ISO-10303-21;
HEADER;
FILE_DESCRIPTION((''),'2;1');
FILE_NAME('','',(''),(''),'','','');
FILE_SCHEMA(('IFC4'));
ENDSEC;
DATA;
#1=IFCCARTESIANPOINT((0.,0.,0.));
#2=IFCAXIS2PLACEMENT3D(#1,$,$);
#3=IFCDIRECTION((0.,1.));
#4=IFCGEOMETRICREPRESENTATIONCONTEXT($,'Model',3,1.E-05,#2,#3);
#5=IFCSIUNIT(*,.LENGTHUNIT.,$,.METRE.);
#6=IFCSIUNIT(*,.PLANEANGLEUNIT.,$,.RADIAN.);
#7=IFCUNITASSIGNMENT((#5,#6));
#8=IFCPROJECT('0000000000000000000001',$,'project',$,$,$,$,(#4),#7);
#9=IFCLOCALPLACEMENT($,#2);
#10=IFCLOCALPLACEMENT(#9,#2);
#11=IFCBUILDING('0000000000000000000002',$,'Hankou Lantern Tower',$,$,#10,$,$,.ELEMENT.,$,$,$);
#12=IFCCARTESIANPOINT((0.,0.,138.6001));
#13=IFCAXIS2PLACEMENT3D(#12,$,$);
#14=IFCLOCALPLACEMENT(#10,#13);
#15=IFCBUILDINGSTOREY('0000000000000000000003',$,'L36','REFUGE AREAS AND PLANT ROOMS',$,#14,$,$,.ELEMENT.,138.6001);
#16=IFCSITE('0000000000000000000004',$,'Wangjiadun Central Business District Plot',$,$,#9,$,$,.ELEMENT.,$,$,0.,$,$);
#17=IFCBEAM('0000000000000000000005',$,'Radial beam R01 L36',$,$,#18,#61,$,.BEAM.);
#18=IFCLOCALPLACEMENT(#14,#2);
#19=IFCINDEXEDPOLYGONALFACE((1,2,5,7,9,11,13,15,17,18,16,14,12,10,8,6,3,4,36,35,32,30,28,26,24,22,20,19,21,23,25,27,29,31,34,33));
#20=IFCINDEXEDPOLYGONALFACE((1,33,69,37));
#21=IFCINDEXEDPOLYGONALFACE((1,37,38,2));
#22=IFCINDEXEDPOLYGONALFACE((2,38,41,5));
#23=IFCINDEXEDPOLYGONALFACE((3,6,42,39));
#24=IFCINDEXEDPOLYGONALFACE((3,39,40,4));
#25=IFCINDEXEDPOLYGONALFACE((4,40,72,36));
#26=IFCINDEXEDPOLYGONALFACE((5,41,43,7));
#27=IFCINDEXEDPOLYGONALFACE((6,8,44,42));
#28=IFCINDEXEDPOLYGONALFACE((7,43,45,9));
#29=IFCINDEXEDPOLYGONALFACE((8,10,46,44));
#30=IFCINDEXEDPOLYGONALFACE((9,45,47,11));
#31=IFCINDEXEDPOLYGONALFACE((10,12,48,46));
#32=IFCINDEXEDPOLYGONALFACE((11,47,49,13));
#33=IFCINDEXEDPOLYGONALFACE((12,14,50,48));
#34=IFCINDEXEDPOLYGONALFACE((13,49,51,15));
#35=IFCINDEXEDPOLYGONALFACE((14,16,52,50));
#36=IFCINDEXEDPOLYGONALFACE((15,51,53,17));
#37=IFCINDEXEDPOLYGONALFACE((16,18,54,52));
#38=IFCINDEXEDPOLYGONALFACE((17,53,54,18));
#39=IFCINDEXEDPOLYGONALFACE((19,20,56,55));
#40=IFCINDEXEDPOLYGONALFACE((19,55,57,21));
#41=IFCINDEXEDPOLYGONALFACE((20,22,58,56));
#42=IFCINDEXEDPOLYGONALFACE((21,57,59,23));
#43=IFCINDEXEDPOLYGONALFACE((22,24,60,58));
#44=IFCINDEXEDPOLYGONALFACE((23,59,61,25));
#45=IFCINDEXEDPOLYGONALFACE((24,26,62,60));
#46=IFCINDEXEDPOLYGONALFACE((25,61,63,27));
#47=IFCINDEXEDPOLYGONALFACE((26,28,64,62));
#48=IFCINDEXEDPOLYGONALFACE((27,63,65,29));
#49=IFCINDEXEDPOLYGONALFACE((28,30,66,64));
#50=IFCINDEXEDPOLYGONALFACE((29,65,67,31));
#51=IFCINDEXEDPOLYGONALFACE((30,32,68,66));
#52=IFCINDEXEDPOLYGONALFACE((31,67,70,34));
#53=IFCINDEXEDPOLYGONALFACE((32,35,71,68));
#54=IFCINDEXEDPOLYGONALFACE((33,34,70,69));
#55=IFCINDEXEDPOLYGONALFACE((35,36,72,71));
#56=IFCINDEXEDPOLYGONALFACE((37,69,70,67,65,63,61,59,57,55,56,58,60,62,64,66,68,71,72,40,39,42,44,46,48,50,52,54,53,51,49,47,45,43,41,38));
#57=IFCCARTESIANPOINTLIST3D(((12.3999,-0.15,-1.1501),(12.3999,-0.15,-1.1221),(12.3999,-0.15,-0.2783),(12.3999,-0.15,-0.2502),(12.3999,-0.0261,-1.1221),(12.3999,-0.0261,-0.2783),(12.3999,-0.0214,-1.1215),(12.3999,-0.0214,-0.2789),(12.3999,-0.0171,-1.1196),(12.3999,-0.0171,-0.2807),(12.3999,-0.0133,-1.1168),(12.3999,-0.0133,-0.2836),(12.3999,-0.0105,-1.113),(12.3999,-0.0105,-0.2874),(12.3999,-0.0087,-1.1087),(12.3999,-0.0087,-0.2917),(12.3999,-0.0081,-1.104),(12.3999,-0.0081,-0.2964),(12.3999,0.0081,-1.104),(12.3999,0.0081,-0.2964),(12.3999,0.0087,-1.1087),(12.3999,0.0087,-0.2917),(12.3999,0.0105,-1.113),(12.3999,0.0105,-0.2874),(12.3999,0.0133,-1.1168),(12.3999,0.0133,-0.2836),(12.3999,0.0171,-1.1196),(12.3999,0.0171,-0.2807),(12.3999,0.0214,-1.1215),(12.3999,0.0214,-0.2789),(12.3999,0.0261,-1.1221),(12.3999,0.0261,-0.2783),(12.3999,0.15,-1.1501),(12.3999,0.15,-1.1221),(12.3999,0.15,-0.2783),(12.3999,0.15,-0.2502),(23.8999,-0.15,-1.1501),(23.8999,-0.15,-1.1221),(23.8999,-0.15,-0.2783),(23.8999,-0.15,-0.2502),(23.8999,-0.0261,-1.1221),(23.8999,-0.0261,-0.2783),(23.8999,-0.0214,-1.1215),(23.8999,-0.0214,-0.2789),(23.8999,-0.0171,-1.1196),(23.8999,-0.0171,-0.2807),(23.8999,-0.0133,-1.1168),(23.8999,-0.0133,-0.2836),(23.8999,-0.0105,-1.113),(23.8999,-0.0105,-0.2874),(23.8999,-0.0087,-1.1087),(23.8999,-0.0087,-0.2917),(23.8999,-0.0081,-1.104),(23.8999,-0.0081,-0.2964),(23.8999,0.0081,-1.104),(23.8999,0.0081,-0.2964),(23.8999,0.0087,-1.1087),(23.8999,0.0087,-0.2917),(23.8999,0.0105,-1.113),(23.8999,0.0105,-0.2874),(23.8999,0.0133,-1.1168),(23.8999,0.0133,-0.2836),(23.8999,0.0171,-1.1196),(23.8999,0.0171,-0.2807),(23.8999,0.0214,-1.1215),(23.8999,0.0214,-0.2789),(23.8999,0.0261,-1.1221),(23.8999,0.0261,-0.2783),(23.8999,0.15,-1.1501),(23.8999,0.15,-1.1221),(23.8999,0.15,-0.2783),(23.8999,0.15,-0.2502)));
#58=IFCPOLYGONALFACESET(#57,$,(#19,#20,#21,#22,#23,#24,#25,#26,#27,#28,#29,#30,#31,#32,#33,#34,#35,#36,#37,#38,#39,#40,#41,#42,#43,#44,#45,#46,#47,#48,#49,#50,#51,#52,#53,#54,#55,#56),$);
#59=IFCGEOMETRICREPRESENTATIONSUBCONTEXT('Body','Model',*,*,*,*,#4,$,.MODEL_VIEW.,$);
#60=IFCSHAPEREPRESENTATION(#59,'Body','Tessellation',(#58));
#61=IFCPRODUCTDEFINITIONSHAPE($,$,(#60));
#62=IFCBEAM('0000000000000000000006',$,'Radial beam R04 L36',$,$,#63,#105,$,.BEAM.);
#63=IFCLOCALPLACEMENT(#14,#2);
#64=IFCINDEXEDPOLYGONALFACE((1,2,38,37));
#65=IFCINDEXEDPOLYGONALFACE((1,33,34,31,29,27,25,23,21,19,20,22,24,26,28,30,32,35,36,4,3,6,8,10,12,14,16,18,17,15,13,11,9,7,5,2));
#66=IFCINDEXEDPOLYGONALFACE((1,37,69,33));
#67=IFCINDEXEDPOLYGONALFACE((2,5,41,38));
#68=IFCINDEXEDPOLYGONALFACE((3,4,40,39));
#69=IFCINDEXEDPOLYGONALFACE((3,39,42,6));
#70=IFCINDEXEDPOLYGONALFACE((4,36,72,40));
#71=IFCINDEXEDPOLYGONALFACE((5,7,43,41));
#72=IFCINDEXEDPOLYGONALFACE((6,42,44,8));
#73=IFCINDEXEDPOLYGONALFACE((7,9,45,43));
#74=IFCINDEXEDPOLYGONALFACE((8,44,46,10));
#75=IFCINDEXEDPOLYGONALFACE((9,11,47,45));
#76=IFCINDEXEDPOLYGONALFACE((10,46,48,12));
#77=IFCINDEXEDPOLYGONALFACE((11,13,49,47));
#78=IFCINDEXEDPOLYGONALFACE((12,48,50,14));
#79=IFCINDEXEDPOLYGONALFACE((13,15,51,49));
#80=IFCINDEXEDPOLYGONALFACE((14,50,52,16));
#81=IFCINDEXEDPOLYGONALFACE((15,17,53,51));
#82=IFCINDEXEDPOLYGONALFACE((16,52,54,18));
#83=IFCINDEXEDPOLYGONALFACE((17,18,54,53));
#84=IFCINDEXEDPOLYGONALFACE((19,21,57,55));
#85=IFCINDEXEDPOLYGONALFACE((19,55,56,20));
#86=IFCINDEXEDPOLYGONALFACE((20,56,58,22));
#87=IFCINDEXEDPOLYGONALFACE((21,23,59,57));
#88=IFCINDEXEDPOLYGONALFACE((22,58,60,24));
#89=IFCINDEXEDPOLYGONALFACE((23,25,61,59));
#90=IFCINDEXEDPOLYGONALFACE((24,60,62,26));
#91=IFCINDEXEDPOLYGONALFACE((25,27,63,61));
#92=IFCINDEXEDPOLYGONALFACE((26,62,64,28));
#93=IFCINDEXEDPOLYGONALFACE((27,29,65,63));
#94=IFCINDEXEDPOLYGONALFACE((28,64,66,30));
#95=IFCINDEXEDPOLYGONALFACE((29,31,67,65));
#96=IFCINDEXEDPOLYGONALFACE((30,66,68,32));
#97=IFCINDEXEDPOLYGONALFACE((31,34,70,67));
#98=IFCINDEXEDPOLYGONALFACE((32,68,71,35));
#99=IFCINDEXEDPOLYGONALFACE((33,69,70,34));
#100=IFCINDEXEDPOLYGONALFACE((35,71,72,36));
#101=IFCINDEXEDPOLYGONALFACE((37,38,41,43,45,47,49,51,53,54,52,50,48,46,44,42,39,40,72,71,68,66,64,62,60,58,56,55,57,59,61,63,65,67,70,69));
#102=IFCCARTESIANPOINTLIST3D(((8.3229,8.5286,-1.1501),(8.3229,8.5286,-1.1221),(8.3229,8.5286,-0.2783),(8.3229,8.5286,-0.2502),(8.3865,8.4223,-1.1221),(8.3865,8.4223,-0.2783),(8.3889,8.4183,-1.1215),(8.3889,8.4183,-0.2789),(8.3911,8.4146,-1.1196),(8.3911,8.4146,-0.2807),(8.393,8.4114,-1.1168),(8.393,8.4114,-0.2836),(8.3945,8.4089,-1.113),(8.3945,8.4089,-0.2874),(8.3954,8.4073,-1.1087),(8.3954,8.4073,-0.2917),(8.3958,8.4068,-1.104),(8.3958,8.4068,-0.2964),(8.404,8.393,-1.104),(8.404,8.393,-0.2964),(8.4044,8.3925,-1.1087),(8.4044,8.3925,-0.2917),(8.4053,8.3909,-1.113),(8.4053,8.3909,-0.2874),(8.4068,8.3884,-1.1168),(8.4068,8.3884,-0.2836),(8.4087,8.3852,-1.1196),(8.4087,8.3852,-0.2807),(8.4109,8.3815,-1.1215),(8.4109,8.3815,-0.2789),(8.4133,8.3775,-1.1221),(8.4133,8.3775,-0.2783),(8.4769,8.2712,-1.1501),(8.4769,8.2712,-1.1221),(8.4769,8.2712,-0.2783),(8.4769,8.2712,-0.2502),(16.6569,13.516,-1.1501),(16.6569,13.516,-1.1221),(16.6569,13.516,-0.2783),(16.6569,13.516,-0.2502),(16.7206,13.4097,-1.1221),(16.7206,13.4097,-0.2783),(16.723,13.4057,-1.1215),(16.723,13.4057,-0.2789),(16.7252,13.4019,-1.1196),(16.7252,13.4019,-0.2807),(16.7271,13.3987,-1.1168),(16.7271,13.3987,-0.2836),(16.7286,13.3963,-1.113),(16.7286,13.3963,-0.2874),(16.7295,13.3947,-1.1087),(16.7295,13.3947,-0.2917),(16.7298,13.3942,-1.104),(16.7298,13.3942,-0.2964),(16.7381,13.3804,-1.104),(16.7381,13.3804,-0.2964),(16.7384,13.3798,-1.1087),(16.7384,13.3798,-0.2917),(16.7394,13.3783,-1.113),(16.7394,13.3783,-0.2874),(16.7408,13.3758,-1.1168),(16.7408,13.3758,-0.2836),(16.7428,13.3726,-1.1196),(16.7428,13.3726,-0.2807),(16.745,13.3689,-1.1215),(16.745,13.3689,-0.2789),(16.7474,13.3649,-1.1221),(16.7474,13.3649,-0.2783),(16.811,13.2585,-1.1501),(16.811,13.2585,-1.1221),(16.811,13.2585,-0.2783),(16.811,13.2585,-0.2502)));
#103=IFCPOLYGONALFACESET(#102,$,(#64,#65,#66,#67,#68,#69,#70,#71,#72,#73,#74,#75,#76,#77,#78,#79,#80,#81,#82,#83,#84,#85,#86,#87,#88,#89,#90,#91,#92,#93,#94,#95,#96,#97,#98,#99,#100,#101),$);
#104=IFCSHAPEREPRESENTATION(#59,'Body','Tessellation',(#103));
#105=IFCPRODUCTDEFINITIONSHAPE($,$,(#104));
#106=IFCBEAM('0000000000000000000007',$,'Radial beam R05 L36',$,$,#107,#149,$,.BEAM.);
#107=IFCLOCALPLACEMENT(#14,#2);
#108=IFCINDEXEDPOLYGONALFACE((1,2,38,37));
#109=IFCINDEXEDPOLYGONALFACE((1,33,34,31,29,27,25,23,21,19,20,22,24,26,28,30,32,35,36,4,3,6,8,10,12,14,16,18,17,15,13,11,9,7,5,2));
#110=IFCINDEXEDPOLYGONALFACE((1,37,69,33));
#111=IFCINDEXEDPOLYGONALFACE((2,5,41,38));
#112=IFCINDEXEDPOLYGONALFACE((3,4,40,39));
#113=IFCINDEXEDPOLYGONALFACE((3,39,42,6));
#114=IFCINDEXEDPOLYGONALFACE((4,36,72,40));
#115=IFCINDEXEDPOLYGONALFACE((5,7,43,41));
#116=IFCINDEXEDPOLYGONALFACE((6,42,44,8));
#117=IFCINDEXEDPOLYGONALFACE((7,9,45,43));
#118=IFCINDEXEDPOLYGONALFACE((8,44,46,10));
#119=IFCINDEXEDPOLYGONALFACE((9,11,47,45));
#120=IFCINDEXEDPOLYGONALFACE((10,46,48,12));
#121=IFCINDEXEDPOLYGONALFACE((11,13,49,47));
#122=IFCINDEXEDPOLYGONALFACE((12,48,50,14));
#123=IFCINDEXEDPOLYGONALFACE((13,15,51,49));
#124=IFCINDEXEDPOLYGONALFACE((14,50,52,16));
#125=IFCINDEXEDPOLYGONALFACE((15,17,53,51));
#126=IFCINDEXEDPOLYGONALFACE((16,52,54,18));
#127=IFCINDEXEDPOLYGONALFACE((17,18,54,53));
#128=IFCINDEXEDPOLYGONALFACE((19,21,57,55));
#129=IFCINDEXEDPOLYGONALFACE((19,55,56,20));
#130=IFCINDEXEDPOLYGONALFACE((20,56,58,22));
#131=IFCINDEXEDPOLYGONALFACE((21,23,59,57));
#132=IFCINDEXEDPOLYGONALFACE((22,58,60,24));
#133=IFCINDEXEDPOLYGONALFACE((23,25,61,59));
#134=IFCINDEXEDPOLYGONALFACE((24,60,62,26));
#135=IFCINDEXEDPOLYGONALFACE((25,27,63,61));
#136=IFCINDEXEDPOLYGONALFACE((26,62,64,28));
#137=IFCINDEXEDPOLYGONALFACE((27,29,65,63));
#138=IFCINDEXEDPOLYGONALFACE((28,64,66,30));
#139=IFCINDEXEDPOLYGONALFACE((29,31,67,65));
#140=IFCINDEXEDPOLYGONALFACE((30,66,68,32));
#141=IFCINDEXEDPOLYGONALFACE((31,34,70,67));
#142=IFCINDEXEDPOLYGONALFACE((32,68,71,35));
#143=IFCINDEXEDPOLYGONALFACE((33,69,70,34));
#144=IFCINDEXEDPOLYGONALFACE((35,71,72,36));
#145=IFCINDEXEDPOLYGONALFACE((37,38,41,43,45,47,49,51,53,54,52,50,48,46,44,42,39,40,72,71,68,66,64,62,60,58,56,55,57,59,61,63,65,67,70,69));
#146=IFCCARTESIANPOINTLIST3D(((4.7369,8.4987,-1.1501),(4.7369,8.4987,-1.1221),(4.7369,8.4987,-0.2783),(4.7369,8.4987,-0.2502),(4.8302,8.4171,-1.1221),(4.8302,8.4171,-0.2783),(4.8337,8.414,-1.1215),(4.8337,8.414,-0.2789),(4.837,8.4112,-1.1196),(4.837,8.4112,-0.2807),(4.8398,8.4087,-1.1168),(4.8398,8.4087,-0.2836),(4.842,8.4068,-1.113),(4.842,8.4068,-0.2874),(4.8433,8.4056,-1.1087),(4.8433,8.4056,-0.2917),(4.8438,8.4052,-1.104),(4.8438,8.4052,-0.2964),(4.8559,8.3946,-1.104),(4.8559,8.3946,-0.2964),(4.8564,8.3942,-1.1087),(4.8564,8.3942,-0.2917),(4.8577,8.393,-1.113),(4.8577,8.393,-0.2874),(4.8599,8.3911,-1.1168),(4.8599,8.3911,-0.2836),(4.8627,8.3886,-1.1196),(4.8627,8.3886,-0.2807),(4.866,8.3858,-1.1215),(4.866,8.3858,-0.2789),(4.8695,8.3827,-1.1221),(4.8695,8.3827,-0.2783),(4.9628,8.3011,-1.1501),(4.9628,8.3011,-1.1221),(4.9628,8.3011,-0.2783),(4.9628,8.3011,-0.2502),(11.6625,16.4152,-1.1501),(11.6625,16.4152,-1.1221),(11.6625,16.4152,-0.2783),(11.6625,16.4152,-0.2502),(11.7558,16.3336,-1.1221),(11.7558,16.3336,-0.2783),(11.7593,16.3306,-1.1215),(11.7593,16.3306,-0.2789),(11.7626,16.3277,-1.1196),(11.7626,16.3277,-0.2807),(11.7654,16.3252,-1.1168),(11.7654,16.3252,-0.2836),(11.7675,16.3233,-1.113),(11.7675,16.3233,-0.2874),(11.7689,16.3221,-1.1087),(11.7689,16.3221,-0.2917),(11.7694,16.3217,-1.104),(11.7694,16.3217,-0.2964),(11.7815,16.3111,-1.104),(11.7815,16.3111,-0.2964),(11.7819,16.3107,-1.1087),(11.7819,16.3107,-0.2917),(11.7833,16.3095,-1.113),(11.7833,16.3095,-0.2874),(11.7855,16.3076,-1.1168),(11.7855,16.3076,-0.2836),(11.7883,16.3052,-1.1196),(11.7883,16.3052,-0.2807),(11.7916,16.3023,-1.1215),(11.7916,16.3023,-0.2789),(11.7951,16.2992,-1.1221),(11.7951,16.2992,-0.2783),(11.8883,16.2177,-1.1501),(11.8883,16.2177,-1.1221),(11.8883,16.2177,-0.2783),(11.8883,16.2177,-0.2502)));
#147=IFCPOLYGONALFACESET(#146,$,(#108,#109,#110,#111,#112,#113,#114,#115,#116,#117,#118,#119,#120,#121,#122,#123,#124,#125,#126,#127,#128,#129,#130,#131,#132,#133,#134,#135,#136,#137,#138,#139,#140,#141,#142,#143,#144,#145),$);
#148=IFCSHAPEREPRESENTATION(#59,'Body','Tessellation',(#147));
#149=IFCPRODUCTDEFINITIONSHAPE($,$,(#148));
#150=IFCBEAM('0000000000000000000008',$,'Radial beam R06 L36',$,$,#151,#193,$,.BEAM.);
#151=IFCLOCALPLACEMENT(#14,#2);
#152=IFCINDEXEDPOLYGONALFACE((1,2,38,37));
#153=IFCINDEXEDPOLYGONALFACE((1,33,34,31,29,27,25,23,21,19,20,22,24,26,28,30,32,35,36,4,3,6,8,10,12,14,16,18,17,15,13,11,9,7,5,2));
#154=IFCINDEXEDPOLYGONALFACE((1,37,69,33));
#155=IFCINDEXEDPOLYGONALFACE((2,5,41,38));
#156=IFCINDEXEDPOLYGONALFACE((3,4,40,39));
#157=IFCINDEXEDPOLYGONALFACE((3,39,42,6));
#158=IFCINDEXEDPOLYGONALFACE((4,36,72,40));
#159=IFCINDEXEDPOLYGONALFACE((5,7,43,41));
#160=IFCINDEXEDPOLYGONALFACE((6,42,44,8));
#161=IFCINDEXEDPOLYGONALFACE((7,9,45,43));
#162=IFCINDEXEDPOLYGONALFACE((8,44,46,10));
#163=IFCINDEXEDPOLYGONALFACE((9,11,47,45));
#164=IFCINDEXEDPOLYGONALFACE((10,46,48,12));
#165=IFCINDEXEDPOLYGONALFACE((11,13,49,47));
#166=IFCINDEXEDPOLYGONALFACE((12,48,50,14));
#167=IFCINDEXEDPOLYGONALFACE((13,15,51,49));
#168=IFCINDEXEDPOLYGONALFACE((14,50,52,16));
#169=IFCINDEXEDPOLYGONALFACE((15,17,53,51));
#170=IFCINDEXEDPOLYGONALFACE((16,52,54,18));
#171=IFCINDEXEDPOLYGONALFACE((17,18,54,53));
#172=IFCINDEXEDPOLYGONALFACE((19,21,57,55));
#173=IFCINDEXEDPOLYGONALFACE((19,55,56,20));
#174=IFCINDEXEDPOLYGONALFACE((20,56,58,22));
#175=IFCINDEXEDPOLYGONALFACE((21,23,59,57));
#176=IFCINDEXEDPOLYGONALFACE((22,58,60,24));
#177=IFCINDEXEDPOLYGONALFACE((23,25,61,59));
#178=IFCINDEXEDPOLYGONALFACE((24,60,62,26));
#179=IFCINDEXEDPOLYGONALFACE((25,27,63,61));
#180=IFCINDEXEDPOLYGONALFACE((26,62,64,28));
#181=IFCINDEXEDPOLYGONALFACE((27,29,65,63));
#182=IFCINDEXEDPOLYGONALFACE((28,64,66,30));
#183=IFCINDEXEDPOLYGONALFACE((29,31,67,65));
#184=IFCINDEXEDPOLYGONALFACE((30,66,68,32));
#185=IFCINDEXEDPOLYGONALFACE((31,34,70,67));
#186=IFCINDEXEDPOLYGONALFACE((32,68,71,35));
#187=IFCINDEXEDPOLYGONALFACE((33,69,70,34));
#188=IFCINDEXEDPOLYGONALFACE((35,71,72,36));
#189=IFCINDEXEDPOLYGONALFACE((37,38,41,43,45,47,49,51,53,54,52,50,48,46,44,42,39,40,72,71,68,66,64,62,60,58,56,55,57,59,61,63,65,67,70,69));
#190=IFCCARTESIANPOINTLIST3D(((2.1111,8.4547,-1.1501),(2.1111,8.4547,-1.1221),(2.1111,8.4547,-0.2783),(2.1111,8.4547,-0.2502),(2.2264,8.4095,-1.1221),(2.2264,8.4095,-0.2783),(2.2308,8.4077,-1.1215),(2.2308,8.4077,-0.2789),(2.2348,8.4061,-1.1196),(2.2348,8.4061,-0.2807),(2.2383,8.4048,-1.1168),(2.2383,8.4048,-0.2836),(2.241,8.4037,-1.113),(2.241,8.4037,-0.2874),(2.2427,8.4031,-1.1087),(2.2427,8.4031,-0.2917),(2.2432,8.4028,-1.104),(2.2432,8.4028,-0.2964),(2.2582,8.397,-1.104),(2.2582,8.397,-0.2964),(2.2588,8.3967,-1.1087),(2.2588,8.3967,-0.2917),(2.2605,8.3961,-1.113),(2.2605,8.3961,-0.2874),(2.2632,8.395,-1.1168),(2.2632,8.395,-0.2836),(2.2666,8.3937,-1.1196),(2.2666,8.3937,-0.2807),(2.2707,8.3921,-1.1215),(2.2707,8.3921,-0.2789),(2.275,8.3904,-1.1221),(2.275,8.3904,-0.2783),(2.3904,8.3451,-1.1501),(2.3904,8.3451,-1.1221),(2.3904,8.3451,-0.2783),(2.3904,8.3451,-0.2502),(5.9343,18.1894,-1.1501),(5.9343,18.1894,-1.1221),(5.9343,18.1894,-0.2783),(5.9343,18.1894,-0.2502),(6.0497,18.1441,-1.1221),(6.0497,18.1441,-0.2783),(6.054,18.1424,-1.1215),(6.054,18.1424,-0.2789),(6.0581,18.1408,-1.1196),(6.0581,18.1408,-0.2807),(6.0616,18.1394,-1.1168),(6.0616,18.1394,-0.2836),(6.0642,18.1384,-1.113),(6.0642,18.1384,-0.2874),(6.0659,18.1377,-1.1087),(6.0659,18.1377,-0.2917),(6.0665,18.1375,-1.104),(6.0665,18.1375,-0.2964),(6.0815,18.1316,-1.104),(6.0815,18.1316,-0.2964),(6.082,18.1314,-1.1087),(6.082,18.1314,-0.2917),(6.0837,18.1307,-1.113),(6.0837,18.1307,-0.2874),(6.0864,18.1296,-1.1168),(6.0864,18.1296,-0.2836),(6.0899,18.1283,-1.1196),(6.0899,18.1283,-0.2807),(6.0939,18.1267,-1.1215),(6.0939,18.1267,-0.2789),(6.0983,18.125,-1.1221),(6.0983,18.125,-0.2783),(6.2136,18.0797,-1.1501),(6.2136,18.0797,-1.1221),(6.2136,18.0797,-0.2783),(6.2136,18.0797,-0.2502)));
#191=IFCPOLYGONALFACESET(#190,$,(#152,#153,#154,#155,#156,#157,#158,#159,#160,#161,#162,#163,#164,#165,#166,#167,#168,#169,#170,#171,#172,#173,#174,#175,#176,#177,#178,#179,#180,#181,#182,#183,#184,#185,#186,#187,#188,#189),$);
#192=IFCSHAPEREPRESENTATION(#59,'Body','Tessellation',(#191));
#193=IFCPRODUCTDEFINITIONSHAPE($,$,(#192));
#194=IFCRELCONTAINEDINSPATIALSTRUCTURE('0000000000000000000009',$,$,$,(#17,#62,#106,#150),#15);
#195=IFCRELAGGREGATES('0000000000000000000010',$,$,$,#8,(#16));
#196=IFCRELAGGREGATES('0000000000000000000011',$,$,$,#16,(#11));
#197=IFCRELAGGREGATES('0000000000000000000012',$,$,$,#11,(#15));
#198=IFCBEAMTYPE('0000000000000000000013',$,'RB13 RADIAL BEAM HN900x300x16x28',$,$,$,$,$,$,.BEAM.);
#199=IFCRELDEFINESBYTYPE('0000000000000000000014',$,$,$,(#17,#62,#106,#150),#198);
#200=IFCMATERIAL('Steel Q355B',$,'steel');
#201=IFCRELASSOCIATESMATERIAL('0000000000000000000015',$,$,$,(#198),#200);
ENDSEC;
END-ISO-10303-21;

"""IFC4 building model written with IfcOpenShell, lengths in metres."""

from ifc_helpers import new_model, si_unit, direction, frame, origin, origin_2d, place, context, subcontext, project, spatial, i_section, extrude, material, material_profile, profile_set, type_object, element, save


model = new_model("IFC4")

# Units and contexts
model_context = context("Model", 3, precision=1e-05, world=origin(), true_north=direction((0.0, 1.0)))
body_context = subcontext(model_context, "Body", "Model", "MODEL_VIEW")
ifc_project = project(units=[si_unit("LENGTHUNIT", "METRE"), si_unit("PLANEANGLEUNIT", "RADIAN")], contexts=[model_context])

# Site, building, storey
site_placement = place(None, origin())
site = spatial("IfcSite", under=ifc_project, at=site_placement, Name="Wangjiadun Central Business District Plot", CompositionType="ELEMENT", RefElevation=0.0)
building_placement = place(site_placement, origin())
building = spatial("IfcBuilding", under=site, at=building_placement, Name="Hankou Lantern Tower", CompositionType="ELEMENT")
storey_placement = place(building_placement, frame((0.0, 0.0, 138.6001)))
storey = spatial("IfcBuildingStorey", under=building, at=storey_placement, Name="L36", Description="REFUGE AREAS AND PLANT ROOMS", CompositionType="ELEMENT", Elevation=138.6001)

# Beams
ifc_material_1 = material(Name="Steel Q355B", Category="steel")
ifc_material_profile_1 = material_profile(ifc_material_1, i_section(OverallWidth=0.3, OverallDepth=0.8999, WebThickness=0.0161, FlangeThickness=0.0281, FilletRadius=0.0181, at=origin_2d()), Name="HN900x300x16x28")
ifc_profile_set_1 = profile_set([ifc_material_profile_1], Name="Steel Q355B")
beam_type_1 = type_object("IfcBeamType", Name="RB13 RADIAL BEAM HN900x300x16x28", PredefinedType="BEAM", material=ifc_profile_set_1)
beam_1_placement = place(storey_placement, frame((12.3999, 0.0, -0.7002), z_axis=(1.0, 0.0, 0.0), x_axis=(0.0, 1.0, 0.0)))
element("IfcBeam", 1, at=beam_1_placement, inside=storey, type_object=beam_type_1, Name="Radial beam R01 L36", PredefinedType="BEAM", context=body_context, shape_type="SweptSolid", body=[
    extrude(i_section(OverallWidth=0.3, OverallDepth=0.8999, WebThickness=0.0161, FlangeThickness=0.0281, FilletRadius=0.0181, at=origin_2d()), origin(), (0.0, 0.0, 1.0), 11.5),
])
beam_2_placement = place(storey_placement, frame((8.3999, 8.3999, -0.7002), z_axis=(0.858087, 0.513505, 0.0), x_axis=(-0.513505, 0.858087, 0.0)))
element("IfcBeam", 2, at=beam_2_placement, inside=storey, type_object=beam_type_1, Name="Radial beam R04 L36", PredefinedType="BEAM", context=body_context, shape_type="SweptSolid", body=[
    extrude(i_section(OverallWidth=0.3, OverallDepth=0.8999, WebThickness=0.0161, FlangeThickness=0.0281, FilletRadius=0.0181, at=origin_2d()), origin(), (0.0, 0.0, 1.0), 9.7124),
])
beam_3_placement = place(storey_placement, frame((4.8499, 8.3999, -0.7002), z_axis=(0.658429, 0.752643, 0.0), x_axis=(-0.752643, 0.658429, 0.0)))
element("IfcBeam", 3, at=beam_3_placement, inside=storey, type_object=beam_type_1, Name="Radial beam R05 L36", PredefinedType="BEAM", context=body_context, shape_type="SweptSolid", body=[
    extrude(i_section(OverallWidth=0.3, OverallDepth=0.8999, WebThickness=0.0161, FlangeThickness=0.0281, FilletRadius=0.0181, at=origin_2d()), origin(), (0.0, 0.0, 1.0), 10.5183),
])
beam_4_placement = place(storey_placement, frame((2.2507, 8.3999, -0.7002), z_axis=(0.365564, 0.930786, 0.0), x_axis=(-0.930786, 0.365564, 0.0)))
element("IfcBeam", 4, at=beam_4_placement, inside=storey, type_object=beam_type_1, Name="Radial beam R06 L36", PredefinedType="BEAM", context=body_context, shape_type="SweptSolid", body=[
    extrude(i_section(OverallWidth=0.3, OverallDepth=0.8999, WebThickness=0.0161, FlangeThickness=0.0281, FilletRadius=0.0181, at=origin_2d()), origin(), (0.0, 0.0, 1.0), 10.4585),
])

save(model, "model.ifc")
